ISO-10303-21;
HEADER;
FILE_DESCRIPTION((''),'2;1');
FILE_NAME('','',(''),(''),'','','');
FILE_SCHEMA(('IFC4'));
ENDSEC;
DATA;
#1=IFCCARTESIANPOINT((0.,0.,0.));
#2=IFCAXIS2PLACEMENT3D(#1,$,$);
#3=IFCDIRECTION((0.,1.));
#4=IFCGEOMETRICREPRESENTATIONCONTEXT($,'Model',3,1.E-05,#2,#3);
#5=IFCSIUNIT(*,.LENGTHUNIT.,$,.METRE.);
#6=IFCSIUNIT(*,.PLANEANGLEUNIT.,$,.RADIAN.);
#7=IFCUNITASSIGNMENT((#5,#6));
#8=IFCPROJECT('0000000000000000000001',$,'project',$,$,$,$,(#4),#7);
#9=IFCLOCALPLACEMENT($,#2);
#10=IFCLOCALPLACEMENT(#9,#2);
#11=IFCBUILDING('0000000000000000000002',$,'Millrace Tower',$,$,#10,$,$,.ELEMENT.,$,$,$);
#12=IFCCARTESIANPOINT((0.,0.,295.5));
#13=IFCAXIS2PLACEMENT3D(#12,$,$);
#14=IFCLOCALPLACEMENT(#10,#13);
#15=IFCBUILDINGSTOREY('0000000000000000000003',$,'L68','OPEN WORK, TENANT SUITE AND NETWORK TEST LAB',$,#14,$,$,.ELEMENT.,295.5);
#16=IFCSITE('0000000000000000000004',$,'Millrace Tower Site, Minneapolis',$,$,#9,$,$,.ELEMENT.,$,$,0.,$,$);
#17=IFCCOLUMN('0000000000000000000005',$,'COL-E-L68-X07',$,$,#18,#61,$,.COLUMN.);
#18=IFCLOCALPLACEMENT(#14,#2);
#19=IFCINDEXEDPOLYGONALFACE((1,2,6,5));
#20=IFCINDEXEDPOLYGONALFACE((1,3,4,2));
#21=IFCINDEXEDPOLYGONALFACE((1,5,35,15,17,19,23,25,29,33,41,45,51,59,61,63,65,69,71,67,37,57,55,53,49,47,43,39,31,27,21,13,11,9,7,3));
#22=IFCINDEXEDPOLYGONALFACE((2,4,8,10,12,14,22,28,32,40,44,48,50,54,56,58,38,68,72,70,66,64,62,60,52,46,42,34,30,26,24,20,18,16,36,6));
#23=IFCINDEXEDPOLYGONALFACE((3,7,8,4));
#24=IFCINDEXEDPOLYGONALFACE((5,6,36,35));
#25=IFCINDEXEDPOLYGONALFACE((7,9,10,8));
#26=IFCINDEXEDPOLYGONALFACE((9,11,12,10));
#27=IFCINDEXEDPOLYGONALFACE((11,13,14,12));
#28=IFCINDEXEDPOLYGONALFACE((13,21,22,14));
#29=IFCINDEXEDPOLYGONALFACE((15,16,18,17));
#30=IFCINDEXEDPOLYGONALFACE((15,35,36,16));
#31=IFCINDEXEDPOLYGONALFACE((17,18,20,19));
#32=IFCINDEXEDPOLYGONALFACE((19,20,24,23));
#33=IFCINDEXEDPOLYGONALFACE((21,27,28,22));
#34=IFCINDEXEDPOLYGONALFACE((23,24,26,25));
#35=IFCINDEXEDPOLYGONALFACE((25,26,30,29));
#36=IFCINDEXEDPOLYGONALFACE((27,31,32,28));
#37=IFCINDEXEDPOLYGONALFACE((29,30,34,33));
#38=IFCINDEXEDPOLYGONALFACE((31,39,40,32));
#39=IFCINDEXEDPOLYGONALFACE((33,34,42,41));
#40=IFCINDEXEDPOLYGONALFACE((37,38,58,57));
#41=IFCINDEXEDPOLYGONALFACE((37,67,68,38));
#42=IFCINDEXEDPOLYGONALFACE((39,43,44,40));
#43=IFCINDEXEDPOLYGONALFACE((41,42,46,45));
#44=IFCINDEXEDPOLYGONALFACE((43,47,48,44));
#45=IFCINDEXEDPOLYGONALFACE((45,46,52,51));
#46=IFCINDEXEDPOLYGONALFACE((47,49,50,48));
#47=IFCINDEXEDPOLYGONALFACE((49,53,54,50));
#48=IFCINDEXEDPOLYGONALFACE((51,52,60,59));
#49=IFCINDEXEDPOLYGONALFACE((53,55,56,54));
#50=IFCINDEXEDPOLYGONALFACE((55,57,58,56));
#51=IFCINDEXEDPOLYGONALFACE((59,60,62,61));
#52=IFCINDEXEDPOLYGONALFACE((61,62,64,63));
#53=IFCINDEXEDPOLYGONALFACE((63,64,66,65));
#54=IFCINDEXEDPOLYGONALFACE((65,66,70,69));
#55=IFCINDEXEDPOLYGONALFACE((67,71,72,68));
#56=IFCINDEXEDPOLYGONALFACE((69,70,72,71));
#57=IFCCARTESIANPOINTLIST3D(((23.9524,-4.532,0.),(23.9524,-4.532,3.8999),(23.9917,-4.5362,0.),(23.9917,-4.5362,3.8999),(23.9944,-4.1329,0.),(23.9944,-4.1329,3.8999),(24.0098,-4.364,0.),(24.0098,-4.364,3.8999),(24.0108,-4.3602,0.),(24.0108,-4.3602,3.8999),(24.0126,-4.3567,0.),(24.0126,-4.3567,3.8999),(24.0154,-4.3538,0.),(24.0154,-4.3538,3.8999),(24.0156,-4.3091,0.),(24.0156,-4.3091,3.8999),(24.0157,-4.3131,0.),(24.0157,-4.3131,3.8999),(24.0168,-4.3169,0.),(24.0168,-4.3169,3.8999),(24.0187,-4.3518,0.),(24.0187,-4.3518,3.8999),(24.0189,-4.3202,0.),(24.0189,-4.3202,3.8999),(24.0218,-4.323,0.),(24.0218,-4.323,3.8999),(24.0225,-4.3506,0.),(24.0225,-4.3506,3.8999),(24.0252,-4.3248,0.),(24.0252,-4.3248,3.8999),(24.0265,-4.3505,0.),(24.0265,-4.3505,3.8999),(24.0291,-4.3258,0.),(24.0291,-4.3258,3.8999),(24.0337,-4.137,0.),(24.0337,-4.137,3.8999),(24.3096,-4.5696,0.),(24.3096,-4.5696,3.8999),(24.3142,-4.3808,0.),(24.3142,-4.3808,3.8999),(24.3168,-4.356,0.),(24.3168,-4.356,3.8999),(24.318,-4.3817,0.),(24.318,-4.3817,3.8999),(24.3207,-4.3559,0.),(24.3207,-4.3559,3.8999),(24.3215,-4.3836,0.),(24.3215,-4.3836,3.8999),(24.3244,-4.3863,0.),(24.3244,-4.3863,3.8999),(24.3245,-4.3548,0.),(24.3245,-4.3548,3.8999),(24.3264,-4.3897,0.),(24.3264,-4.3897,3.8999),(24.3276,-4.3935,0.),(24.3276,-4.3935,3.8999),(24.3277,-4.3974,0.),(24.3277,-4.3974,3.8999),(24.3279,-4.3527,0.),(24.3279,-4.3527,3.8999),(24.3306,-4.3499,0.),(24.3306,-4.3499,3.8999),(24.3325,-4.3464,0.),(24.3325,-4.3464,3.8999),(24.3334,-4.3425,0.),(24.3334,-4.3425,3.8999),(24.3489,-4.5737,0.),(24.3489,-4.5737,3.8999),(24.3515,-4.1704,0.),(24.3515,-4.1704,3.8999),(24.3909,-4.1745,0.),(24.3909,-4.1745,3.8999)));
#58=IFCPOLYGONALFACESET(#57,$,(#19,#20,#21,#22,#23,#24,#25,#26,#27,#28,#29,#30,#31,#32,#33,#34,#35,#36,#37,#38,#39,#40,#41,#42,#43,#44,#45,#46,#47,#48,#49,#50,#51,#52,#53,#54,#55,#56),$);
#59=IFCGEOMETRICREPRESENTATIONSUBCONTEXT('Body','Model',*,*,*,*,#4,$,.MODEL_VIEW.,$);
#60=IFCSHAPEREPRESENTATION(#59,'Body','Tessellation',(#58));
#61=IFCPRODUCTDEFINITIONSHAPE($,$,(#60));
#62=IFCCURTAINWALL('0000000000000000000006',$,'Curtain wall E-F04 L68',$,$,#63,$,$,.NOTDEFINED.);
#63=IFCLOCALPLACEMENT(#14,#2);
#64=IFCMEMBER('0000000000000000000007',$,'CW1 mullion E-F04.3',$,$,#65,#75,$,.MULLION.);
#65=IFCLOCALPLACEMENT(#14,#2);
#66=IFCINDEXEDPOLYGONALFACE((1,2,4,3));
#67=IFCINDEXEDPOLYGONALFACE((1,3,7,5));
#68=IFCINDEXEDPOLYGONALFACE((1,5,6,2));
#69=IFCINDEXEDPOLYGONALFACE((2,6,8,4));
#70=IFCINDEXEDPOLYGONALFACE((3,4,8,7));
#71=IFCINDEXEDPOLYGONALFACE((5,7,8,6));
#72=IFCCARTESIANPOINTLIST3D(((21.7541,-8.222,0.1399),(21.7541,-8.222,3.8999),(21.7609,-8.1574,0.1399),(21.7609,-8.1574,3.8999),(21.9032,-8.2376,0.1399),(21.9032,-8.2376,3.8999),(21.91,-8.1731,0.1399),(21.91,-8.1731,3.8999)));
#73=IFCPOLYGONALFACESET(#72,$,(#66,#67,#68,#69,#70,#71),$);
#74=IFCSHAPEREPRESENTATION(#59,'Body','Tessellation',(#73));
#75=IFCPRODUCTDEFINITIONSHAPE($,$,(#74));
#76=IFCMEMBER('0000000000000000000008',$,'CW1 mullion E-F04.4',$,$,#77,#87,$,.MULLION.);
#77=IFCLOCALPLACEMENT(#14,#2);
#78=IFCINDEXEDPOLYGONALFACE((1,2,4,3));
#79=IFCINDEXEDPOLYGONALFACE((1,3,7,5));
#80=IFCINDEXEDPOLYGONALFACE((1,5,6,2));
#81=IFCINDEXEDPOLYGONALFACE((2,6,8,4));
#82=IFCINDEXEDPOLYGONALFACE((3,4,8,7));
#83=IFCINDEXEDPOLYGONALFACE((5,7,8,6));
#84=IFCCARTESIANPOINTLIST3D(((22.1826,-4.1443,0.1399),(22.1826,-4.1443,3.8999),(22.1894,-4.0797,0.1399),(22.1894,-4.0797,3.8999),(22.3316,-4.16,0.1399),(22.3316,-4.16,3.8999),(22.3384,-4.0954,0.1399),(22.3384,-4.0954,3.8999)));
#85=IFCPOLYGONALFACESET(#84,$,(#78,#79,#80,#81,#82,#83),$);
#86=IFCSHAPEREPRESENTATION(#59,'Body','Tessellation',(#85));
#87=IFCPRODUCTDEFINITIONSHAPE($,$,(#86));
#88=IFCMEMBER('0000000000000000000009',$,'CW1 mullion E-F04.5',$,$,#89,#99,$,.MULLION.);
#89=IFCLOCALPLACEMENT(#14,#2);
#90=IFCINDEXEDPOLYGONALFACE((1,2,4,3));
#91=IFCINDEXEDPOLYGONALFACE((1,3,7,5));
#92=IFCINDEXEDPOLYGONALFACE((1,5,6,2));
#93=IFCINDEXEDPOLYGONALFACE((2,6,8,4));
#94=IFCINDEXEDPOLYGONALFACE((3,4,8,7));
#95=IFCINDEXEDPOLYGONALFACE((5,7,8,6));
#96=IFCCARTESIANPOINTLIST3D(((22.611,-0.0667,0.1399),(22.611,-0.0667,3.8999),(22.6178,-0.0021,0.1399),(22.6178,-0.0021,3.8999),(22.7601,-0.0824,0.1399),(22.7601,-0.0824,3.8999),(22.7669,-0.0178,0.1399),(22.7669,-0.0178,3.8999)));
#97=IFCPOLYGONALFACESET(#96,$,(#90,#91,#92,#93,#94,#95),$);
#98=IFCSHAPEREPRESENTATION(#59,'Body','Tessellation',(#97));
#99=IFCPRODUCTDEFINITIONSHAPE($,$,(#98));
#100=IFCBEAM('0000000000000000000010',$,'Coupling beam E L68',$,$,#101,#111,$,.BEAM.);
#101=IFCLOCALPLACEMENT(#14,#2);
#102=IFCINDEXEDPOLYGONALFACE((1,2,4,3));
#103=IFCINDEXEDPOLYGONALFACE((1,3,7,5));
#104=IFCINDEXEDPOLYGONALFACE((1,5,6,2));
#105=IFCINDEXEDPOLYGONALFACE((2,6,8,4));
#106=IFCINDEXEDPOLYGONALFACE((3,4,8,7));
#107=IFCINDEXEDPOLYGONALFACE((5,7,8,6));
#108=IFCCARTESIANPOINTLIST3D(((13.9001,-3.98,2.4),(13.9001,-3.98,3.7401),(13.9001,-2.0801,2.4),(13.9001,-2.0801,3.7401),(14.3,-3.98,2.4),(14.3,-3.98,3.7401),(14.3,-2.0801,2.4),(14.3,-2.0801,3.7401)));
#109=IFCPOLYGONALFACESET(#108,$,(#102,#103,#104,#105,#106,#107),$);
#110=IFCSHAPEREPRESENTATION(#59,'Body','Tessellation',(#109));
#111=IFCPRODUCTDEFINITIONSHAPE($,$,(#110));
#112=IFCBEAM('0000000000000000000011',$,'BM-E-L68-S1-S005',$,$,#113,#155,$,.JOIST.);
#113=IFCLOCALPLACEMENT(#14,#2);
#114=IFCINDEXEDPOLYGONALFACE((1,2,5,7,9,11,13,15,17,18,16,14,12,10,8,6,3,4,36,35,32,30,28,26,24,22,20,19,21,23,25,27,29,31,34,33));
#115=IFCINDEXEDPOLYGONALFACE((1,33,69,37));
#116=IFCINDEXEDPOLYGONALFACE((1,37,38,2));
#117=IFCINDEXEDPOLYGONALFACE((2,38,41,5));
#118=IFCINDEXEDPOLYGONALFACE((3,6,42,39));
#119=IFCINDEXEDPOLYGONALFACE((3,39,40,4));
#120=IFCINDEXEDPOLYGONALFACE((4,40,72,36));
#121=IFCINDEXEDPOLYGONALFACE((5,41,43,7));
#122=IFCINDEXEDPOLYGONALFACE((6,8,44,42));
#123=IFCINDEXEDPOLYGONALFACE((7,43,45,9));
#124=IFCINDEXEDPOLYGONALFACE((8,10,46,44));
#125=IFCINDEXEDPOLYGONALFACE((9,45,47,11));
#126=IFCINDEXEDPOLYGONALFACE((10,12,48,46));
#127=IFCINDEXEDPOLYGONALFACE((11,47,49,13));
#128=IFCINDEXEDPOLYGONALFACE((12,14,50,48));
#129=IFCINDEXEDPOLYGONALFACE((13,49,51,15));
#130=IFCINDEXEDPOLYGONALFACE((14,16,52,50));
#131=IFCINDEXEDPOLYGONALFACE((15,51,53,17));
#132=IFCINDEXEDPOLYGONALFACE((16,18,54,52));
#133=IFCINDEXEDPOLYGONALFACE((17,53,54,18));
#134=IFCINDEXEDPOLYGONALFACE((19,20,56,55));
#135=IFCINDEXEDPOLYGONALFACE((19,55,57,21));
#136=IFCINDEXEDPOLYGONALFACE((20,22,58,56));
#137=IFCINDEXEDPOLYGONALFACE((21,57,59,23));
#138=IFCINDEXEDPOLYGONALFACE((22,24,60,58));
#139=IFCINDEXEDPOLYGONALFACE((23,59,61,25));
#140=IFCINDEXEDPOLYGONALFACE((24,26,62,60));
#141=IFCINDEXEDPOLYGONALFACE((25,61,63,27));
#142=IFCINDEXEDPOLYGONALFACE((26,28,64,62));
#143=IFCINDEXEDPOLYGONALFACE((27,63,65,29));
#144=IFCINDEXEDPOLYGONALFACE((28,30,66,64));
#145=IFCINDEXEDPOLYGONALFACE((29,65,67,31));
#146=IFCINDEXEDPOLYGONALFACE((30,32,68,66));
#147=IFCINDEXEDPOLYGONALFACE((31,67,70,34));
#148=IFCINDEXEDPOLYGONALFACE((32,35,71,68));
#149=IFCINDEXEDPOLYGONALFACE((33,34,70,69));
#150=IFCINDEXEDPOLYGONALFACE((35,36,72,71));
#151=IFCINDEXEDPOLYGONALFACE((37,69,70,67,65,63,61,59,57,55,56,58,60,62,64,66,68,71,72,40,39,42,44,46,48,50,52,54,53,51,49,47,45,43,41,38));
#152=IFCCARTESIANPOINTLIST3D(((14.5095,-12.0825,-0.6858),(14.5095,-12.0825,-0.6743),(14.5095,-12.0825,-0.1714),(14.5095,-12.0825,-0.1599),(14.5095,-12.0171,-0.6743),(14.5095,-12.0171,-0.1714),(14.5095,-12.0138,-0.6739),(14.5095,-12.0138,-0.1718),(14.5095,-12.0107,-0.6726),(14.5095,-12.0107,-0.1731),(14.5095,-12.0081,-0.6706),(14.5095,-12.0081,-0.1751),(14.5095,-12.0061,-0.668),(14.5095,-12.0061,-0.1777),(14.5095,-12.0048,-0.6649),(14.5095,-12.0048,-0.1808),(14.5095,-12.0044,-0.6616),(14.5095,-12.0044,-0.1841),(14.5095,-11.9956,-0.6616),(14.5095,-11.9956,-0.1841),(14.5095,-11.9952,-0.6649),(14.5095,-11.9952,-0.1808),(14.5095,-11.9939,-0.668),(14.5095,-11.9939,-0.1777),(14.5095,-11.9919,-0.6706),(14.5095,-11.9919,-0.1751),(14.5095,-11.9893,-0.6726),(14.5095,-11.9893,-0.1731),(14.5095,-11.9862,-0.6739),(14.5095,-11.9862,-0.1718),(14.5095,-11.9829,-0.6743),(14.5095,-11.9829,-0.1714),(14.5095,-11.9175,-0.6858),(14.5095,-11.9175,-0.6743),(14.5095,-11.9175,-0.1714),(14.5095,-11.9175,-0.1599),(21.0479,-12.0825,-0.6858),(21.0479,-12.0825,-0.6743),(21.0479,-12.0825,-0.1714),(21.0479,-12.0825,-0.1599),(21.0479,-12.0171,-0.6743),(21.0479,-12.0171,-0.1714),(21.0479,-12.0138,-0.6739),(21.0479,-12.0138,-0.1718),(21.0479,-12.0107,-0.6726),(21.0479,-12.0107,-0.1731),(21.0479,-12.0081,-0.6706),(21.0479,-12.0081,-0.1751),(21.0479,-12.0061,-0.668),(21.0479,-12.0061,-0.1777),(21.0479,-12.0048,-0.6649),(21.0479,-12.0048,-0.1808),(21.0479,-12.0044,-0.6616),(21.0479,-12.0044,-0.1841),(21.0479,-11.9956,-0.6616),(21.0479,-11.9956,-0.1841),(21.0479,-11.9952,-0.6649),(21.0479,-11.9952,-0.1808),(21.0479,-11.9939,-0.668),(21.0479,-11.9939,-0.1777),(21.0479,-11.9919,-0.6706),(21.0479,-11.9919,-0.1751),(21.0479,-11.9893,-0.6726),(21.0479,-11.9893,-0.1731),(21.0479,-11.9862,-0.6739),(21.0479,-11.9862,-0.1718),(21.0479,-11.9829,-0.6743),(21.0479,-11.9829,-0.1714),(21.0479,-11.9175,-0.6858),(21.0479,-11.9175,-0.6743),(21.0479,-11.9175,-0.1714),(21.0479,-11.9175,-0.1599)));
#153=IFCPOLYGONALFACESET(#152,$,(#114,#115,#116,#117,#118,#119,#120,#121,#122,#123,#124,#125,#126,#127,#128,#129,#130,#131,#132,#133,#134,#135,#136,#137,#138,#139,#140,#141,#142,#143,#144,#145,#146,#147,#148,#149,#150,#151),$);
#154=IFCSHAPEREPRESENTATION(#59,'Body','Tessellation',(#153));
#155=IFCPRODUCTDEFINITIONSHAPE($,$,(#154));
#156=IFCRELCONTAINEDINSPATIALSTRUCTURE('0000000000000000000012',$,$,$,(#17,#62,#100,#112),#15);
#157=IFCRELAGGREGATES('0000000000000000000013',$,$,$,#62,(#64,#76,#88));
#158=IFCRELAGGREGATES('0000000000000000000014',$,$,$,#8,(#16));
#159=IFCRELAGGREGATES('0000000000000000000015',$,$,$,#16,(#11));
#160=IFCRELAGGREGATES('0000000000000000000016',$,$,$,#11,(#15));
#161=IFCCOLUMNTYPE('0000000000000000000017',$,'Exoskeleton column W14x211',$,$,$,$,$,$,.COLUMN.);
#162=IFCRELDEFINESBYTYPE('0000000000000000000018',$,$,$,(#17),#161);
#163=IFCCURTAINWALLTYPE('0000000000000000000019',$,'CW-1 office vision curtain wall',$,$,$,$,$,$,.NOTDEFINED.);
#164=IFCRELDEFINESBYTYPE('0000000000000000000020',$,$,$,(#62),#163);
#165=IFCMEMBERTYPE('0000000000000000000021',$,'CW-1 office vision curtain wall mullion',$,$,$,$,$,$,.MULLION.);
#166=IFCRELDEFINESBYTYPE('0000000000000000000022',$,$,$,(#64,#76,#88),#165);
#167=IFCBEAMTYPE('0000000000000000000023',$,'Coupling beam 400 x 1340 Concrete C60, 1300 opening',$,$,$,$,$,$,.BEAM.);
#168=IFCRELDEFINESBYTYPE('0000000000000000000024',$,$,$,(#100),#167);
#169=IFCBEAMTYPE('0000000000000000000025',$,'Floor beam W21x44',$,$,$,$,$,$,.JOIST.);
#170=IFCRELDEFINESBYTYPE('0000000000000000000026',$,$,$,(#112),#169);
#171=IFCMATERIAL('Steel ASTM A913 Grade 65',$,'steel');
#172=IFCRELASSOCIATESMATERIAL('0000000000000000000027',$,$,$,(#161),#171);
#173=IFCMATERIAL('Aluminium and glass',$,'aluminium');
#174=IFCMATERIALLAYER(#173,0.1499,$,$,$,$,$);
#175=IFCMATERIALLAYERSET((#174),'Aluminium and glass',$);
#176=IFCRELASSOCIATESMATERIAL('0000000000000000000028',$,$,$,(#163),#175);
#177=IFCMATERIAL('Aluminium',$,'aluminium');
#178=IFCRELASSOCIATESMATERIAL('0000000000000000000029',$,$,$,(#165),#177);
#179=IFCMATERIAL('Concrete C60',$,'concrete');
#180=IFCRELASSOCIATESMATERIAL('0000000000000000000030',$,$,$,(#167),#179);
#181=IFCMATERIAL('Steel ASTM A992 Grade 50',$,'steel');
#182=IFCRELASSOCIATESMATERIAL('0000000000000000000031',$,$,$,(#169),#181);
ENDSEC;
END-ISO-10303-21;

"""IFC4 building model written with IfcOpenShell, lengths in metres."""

from ifc_helpers import new_model, si_unit, direction, frame, origin, origin_2d, place, context, subcontext, project, spatial, rectangle, i_section, extrude, material, layer, layer_set, material_profile, profile_set, type_object, element, aggregate, save


model = new_model("IFC4")

# Units and contexts
model_context = context("Model", 3, precision=1e-05, world=origin(), true_north=direction((0.0, 1.0)))
body_context = subcontext(model_context, "Body", "Model", "MODEL_VIEW")
ifc_project = project(units=[si_unit("LENGTHUNIT", "METRE"), si_unit("PLANEANGLEUNIT", "RADIAN")], contexts=[model_context])

# Site, building, storey
site_placement = place(None, origin())
site = spatial("IfcSite", under=ifc_project, at=site_placement, Name="Millrace Tower Site, Minneapolis", CompositionType="ELEMENT", RefElevation=0.0)
building_placement = place(site_placement, origin())
building = spatial("IfcBuilding", under=site, at=building_placement, Name="Millrace Tower", CompositionType="ELEMENT")
storey_placement = place(building_placement, frame((0.0, 0.0, 295.5)))
storey = spatial("IfcBuildingStorey", under=building, at=storey_placement, Name="L68", Description="OPEN WORK, TENANT SUITE AND NETWORK TEST LAB", CompositionType="ELEMENT", Elevation=295.5)

# Column
ifc_material_1 = material(Name="Steel ASTM A913 Grade 65", Category="steel")
ifc_material_profile_1 = material_profile(ifc_material_1, i_section(OverallWidth=0.4014, OverallDepth=0.3987, WebThickness=0.0249, FlangeThickness=0.0396, FilletRadius=0.0151, at=origin_2d()))
ifc_profile_set_1 = profile_set([ifc_material_profile_1], Name="Steel ASTM A913 Grade 65")
column_type = type_object("IfcColumnType", Name="Exoskeleton column W14x211", PredefinedType="COLUMN", material=ifc_profile_set_1)
column_placement = place(storey_placement, frame((24.1716, -4.3533, 0.0), z_axis=(0.0, 0.0, 1.0), x_axis=(0.104528, 0.994522, 0.0)))
element("IfcColumn", 1, at=column_placement, inside=storey, type_object=column_type, Name="COL-E-L68-X07", PredefinedType="COLUMN", context=body_context, shape_type="SweptSolid", body=[
    extrude(i_section(OverallWidth=0.4014, OverallDepth=0.3987, WebThickness=0.0249, FlangeThickness=0.0396, FilletRadius=0.0151, at=origin_2d()), origin(), (0.0, 0.0, 1.0), 3.8999),
])

# Curtain wall, members
ifc_material_2 = material(Name="Aluminium and glass", Category="aluminium")
ifc_layer_1 = layer(ifc_material_2, 0.1499)
ifc_layer_set_1 = layer_set([ifc_layer_1], Name="Aluminium and glass")
curtain_wall_type = type_object("IfcCurtainWallType", Name="CW-1 office vision curtain wall", PredefinedType="NOTDEFINED", material=ifc_layer_set_1)
placement = place(storey_placement, origin())
curtain_wall = element("IfcCurtainWall", 2, at=placement, inside=storey, type_object=curtain_wall_type, Name="Curtain wall E-F04 L68", PredefinedType="NOTDEFINED")
ifc_material_3 = material(Name="Aluminium", Category="aluminium")
ifc_material_profile_2 = material_profile(ifc_material_3, rectangle(XDim=0.0649, YDim=0.1499, at=origin_2d()))
ifc_profile_set_2 = profile_set([ifc_material_profile_2], Name="Aluminium")
member_type = type_object("IfcMemberType", Name="CW-1 office vision curtain wall mullion", PredefinedType="MULLION", material=ifc_profile_set_2)
member_1_placement = place(storey_placement, frame((21.832, -8.1975, 0.1399), z_axis=(0.0, 0.0, 1.0), x_axis=(0.104528, 0.994522, 0.0)))
member_1 = element("IfcMember", 3, at=member_1_placement, type_object=member_type, Name="CW1 mullion E-F04.3", PredefinedType="MULLION", context=body_context, shape_type="SweptSolid", body=[
    extrude(rectangle(XDim=0.0649, YDim=0.1499, at=origin_2d()), origin(), (0.0, 0.0, 1.0), 3.76),
])
member_2_placement = place(storey_placement, frame((22.2605, -4.1199, 0.1399), z_axis=(0.0, 0.0, 1.0), x_axis=(0.104528, 0.994522, 0.0)))
member_2 = element("IfcMember", 4, at=member_2_placement, type_object=member_type, Name="CW1 mullion E-F04.4", PredefinedType="MULLION", context=body_context, shape_type="SweptSolid", body=[
    extrude(rectangle(XDim=0.0649, YDim=0.1499, at=origin_2d()), origin(), (0.0, 0.0, 1.0), 3.76),
])
member_3_placement = place(storey_placement, frame((22.689, -0.0422, 0.1399), z_axis=(0.0, 0.0, 1.0), x_axis=(0.104528, 0.994522, 0.0)))
member_3 = element("IfcMember", 5, at=member_3_placement, type_object=member_type, Name="CW1 mullion E-F04.5", PredefinedType="MULLION", context=body_context, shape_type="SweptSolid", body=[
    extrude(rectangle(XDim=0.0649, YDim=0.1499, at=origin_2d()), origin(), (0.0, 0.0, 1.0), 3.76),
])
aggregate(curtain_wall, [member_1, member_2, member_3])

# Beams
ifc_material_4 = material(Name="Concrete C60", Category="concrete")
ifc_material_profile_3 = material_profile(ifc_material_4, rectangle(XDim=0.3999, YDim=1.3401, at=origin_2d()))
ifc_profile_set_3 = profile_set([ifc_material_profile_3], Name="Concrete C60")
beam_type_1 = type_object("IfcBeamType", Name="Coupling beam 400 x 1340 Concrete C60, 1300 opening", PredefinedType="BEAM", material=ifc_profile_set_3)
beam_1_placement = place(storey_placement, frame((14.1001, -2.0801, 3.0701), z_axis=(0.0, -1.0, 0.0), x_axis=(1.0, 0.0, 0.0)))
element("IfcBeam", 6, at=beam_1_placement, inside=storey, type_object=beam_type_1, Name="Coupling beam E L68", PredefinedType="BEAM", context=body_context, shape_type="SweptSolid", body=[
    extrude(rectangle(XDim=0.3999, YDim=1.3401, at=origin_2d()), origin(), (0.0, 0.0, 1.0), 1.8999),
])
ifc_material_5 = material(Name="Steel ASTM A992 Grade 50", Category="steel")
ifc_material_profile_4 = material_profile(ifc_material_5, i_section(OverallWidth=0.165, OverallDepth=0.5259, WebThickness=0.0088, FlangeThickness=0.0115, FilletRadius=0.0127, at=origin_2d()))
ifc_profile_set_4 = profile_set([ifc_material_profile_4], Name="Steel ASTM A992 Grade 50")
beam_type_2 = type_object("IfcBeamType", Name="Floor beam W21x44", PredefinedType="JOIST", material=ifc_profile_set_4)
beam_2_placement = place(storey_placement, frame((14.5095, -12.0, -0.4229), z_axis=(1.0, 0.0, 0.0), x_axis=(0.0, 1.0, 0.0)))
element("IfcBeam", 7, at=beam_2_placement, inside=storey, type_object=beam_type_2, Name="BM-E-L68-S1-S005", PredefinedType="JOIST", context=body_context, shape_type="SweptSolid", body=[
    extrude(i_section(OverallWidth=0.165, OverallDepth=0.5259, WebThickness=0.0088, FlangeThickness=0.0115, FilletRadius=0.0127, at=origin_2d()), origin(), (0.0, 0.0, 1.0), 6.5383),
])

save(model, "model.ifc")
